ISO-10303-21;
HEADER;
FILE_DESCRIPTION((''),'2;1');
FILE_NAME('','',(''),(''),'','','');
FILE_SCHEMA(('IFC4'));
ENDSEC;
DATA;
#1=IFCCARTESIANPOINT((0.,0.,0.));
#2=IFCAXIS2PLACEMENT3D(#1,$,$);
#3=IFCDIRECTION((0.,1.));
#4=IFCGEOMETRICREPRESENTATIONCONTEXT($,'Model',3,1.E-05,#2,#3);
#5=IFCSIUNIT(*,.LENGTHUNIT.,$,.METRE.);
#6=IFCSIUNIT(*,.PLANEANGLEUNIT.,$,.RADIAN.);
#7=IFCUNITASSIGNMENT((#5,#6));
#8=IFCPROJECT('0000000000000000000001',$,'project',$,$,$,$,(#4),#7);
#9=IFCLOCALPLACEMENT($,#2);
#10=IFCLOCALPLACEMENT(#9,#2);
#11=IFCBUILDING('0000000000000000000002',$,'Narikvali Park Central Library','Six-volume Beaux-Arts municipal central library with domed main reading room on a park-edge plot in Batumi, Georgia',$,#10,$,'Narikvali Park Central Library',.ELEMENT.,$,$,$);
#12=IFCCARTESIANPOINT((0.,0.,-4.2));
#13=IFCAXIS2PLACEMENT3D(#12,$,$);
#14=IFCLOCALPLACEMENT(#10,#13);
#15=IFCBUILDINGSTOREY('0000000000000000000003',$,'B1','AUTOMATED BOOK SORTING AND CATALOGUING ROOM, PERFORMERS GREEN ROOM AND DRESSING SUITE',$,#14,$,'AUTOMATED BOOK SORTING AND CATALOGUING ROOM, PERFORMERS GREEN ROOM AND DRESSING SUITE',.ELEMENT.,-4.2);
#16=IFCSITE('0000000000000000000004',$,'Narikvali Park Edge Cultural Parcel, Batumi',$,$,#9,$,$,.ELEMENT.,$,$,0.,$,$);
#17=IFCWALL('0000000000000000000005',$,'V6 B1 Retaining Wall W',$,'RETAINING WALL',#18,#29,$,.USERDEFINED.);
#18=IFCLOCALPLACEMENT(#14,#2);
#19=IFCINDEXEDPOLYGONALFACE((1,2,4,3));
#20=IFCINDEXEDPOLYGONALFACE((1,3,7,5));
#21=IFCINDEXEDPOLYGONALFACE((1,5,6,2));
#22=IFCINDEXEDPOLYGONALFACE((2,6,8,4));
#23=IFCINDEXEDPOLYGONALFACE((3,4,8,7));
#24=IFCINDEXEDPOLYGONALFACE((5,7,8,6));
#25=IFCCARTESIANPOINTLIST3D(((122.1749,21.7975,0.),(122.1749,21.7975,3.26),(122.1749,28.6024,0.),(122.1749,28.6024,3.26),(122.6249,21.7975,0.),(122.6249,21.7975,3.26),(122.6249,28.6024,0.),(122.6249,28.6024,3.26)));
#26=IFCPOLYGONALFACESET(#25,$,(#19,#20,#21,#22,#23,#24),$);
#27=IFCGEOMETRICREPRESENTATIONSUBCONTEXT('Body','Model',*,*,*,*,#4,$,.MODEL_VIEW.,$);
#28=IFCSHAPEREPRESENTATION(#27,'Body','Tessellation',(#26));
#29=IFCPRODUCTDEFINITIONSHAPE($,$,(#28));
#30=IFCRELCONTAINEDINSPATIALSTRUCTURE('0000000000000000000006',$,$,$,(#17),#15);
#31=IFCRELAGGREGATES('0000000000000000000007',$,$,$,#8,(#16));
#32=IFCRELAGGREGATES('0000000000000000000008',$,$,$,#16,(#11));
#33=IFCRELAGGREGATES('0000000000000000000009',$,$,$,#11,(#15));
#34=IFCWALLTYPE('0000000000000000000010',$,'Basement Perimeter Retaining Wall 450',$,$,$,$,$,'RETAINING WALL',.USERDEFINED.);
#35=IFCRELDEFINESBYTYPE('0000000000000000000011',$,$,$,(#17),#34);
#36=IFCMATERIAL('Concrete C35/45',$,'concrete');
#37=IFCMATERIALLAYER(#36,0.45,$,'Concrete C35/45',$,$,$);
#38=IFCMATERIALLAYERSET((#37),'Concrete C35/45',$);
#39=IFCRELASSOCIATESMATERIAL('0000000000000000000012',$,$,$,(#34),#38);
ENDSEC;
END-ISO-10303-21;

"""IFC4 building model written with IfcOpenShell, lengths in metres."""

from ifc_helpers import new_model, si_unit, direction, frame, frame_2d, origin, place, context, subcontext, project, spatial, rectangle, extrude, material, layer, layer_set, type_object, element, save


model = new_model("IFC4")

# Units and contexts
model_context = context("Model", 3, precision=1e-05, world=origin(), true_north=direction((0.0, 1.0)))
body_context = subcontext(model_context, "Body", "Model", "MODEL_VIEW")
ifc_project = project(units=[si_unit("LENGTHUNIT", "METRE"), si_unit("PLANEANGLEUNIT", "RADIAN")], contexts=[model_context])

# Site, building, storey
site_placement = place(None, origin())
site = spatial("IfcSite", under=ifc_project, at=site_placement, Name="Narikvali Park Edge Cultural Parcel, Batumi", CompositionType="ELEMENT", RefElevation=0.0)
building_placement = place(site_placement, origin())
building = spatial("IfcBuilding", under=site, at=building_placement, Name="Narikvali Park Central Library", Description="Six-volume Beaux-Arts municipal central library with domed main reading room on a park-edge plot in Batumi, Georgia", LongName="Narikvali Park Central Library", CompositionType="ELEMENT")
storey_placement = place(building_placement, frame((0.0, 0.0, -4.2)))
storey = spatial("IfcBuildingStorey", under=building, at=storey_placement, Name="B1", Description="AUTOMATED BOOK SORTING AND CATALOGUING ROOM, PERFORMERS GREEN ROOM AND DRESSING SUITE", LongName="AUTOMATED BOOK SORTING AND CATALOGUING ROOM, PERFORMERS GREEN ROOM AND DRESSING SUITE", CompositionType="ELEMENT", Elevation=-4.2)

# Shared definitions
ifc_material_1 = material(Name="Concrete C35/45", Category="concrete")

# Wall
ifc_layer_1 = layer(ifc_material_1, 0.45, Name="Concrete C35/45")
ifc_layer_set_1 = layer_set([ifc_layer_1], Name="Concrete C35/45")
wall_type = type_object("IfcWallType", Name="Basement Perimeter Retaining Wall 450", ElementType="RETAINING WALL", PredefinedType="USERDEFINED", material=ifc_layer_set_1)
wall_1_placement = place(storey_placement, frame((122.3999, 21.7976, 0.0), z_axis=(0.0, 0.0, 1.0), x_axis=(0.0, 1.0, 0.0)))
element("IfcWall", 1, at=wall_1_placement, inside=storey, type_object=wall_type, Name="V6 B1 Retaining Wall W", ObjectType="RETAINING WALL", PredefinedType="USERDEFINED", context=body_context, shape_type="SweptSolid", body=[
    extrude(rectangle(XDim=6.8049, YDim=0.45, at=frame_2d((3.4023, 0.0))), origin(), (0.0, 0.0, 1.0), 3.26),
])

save(model, "model.ifc")
